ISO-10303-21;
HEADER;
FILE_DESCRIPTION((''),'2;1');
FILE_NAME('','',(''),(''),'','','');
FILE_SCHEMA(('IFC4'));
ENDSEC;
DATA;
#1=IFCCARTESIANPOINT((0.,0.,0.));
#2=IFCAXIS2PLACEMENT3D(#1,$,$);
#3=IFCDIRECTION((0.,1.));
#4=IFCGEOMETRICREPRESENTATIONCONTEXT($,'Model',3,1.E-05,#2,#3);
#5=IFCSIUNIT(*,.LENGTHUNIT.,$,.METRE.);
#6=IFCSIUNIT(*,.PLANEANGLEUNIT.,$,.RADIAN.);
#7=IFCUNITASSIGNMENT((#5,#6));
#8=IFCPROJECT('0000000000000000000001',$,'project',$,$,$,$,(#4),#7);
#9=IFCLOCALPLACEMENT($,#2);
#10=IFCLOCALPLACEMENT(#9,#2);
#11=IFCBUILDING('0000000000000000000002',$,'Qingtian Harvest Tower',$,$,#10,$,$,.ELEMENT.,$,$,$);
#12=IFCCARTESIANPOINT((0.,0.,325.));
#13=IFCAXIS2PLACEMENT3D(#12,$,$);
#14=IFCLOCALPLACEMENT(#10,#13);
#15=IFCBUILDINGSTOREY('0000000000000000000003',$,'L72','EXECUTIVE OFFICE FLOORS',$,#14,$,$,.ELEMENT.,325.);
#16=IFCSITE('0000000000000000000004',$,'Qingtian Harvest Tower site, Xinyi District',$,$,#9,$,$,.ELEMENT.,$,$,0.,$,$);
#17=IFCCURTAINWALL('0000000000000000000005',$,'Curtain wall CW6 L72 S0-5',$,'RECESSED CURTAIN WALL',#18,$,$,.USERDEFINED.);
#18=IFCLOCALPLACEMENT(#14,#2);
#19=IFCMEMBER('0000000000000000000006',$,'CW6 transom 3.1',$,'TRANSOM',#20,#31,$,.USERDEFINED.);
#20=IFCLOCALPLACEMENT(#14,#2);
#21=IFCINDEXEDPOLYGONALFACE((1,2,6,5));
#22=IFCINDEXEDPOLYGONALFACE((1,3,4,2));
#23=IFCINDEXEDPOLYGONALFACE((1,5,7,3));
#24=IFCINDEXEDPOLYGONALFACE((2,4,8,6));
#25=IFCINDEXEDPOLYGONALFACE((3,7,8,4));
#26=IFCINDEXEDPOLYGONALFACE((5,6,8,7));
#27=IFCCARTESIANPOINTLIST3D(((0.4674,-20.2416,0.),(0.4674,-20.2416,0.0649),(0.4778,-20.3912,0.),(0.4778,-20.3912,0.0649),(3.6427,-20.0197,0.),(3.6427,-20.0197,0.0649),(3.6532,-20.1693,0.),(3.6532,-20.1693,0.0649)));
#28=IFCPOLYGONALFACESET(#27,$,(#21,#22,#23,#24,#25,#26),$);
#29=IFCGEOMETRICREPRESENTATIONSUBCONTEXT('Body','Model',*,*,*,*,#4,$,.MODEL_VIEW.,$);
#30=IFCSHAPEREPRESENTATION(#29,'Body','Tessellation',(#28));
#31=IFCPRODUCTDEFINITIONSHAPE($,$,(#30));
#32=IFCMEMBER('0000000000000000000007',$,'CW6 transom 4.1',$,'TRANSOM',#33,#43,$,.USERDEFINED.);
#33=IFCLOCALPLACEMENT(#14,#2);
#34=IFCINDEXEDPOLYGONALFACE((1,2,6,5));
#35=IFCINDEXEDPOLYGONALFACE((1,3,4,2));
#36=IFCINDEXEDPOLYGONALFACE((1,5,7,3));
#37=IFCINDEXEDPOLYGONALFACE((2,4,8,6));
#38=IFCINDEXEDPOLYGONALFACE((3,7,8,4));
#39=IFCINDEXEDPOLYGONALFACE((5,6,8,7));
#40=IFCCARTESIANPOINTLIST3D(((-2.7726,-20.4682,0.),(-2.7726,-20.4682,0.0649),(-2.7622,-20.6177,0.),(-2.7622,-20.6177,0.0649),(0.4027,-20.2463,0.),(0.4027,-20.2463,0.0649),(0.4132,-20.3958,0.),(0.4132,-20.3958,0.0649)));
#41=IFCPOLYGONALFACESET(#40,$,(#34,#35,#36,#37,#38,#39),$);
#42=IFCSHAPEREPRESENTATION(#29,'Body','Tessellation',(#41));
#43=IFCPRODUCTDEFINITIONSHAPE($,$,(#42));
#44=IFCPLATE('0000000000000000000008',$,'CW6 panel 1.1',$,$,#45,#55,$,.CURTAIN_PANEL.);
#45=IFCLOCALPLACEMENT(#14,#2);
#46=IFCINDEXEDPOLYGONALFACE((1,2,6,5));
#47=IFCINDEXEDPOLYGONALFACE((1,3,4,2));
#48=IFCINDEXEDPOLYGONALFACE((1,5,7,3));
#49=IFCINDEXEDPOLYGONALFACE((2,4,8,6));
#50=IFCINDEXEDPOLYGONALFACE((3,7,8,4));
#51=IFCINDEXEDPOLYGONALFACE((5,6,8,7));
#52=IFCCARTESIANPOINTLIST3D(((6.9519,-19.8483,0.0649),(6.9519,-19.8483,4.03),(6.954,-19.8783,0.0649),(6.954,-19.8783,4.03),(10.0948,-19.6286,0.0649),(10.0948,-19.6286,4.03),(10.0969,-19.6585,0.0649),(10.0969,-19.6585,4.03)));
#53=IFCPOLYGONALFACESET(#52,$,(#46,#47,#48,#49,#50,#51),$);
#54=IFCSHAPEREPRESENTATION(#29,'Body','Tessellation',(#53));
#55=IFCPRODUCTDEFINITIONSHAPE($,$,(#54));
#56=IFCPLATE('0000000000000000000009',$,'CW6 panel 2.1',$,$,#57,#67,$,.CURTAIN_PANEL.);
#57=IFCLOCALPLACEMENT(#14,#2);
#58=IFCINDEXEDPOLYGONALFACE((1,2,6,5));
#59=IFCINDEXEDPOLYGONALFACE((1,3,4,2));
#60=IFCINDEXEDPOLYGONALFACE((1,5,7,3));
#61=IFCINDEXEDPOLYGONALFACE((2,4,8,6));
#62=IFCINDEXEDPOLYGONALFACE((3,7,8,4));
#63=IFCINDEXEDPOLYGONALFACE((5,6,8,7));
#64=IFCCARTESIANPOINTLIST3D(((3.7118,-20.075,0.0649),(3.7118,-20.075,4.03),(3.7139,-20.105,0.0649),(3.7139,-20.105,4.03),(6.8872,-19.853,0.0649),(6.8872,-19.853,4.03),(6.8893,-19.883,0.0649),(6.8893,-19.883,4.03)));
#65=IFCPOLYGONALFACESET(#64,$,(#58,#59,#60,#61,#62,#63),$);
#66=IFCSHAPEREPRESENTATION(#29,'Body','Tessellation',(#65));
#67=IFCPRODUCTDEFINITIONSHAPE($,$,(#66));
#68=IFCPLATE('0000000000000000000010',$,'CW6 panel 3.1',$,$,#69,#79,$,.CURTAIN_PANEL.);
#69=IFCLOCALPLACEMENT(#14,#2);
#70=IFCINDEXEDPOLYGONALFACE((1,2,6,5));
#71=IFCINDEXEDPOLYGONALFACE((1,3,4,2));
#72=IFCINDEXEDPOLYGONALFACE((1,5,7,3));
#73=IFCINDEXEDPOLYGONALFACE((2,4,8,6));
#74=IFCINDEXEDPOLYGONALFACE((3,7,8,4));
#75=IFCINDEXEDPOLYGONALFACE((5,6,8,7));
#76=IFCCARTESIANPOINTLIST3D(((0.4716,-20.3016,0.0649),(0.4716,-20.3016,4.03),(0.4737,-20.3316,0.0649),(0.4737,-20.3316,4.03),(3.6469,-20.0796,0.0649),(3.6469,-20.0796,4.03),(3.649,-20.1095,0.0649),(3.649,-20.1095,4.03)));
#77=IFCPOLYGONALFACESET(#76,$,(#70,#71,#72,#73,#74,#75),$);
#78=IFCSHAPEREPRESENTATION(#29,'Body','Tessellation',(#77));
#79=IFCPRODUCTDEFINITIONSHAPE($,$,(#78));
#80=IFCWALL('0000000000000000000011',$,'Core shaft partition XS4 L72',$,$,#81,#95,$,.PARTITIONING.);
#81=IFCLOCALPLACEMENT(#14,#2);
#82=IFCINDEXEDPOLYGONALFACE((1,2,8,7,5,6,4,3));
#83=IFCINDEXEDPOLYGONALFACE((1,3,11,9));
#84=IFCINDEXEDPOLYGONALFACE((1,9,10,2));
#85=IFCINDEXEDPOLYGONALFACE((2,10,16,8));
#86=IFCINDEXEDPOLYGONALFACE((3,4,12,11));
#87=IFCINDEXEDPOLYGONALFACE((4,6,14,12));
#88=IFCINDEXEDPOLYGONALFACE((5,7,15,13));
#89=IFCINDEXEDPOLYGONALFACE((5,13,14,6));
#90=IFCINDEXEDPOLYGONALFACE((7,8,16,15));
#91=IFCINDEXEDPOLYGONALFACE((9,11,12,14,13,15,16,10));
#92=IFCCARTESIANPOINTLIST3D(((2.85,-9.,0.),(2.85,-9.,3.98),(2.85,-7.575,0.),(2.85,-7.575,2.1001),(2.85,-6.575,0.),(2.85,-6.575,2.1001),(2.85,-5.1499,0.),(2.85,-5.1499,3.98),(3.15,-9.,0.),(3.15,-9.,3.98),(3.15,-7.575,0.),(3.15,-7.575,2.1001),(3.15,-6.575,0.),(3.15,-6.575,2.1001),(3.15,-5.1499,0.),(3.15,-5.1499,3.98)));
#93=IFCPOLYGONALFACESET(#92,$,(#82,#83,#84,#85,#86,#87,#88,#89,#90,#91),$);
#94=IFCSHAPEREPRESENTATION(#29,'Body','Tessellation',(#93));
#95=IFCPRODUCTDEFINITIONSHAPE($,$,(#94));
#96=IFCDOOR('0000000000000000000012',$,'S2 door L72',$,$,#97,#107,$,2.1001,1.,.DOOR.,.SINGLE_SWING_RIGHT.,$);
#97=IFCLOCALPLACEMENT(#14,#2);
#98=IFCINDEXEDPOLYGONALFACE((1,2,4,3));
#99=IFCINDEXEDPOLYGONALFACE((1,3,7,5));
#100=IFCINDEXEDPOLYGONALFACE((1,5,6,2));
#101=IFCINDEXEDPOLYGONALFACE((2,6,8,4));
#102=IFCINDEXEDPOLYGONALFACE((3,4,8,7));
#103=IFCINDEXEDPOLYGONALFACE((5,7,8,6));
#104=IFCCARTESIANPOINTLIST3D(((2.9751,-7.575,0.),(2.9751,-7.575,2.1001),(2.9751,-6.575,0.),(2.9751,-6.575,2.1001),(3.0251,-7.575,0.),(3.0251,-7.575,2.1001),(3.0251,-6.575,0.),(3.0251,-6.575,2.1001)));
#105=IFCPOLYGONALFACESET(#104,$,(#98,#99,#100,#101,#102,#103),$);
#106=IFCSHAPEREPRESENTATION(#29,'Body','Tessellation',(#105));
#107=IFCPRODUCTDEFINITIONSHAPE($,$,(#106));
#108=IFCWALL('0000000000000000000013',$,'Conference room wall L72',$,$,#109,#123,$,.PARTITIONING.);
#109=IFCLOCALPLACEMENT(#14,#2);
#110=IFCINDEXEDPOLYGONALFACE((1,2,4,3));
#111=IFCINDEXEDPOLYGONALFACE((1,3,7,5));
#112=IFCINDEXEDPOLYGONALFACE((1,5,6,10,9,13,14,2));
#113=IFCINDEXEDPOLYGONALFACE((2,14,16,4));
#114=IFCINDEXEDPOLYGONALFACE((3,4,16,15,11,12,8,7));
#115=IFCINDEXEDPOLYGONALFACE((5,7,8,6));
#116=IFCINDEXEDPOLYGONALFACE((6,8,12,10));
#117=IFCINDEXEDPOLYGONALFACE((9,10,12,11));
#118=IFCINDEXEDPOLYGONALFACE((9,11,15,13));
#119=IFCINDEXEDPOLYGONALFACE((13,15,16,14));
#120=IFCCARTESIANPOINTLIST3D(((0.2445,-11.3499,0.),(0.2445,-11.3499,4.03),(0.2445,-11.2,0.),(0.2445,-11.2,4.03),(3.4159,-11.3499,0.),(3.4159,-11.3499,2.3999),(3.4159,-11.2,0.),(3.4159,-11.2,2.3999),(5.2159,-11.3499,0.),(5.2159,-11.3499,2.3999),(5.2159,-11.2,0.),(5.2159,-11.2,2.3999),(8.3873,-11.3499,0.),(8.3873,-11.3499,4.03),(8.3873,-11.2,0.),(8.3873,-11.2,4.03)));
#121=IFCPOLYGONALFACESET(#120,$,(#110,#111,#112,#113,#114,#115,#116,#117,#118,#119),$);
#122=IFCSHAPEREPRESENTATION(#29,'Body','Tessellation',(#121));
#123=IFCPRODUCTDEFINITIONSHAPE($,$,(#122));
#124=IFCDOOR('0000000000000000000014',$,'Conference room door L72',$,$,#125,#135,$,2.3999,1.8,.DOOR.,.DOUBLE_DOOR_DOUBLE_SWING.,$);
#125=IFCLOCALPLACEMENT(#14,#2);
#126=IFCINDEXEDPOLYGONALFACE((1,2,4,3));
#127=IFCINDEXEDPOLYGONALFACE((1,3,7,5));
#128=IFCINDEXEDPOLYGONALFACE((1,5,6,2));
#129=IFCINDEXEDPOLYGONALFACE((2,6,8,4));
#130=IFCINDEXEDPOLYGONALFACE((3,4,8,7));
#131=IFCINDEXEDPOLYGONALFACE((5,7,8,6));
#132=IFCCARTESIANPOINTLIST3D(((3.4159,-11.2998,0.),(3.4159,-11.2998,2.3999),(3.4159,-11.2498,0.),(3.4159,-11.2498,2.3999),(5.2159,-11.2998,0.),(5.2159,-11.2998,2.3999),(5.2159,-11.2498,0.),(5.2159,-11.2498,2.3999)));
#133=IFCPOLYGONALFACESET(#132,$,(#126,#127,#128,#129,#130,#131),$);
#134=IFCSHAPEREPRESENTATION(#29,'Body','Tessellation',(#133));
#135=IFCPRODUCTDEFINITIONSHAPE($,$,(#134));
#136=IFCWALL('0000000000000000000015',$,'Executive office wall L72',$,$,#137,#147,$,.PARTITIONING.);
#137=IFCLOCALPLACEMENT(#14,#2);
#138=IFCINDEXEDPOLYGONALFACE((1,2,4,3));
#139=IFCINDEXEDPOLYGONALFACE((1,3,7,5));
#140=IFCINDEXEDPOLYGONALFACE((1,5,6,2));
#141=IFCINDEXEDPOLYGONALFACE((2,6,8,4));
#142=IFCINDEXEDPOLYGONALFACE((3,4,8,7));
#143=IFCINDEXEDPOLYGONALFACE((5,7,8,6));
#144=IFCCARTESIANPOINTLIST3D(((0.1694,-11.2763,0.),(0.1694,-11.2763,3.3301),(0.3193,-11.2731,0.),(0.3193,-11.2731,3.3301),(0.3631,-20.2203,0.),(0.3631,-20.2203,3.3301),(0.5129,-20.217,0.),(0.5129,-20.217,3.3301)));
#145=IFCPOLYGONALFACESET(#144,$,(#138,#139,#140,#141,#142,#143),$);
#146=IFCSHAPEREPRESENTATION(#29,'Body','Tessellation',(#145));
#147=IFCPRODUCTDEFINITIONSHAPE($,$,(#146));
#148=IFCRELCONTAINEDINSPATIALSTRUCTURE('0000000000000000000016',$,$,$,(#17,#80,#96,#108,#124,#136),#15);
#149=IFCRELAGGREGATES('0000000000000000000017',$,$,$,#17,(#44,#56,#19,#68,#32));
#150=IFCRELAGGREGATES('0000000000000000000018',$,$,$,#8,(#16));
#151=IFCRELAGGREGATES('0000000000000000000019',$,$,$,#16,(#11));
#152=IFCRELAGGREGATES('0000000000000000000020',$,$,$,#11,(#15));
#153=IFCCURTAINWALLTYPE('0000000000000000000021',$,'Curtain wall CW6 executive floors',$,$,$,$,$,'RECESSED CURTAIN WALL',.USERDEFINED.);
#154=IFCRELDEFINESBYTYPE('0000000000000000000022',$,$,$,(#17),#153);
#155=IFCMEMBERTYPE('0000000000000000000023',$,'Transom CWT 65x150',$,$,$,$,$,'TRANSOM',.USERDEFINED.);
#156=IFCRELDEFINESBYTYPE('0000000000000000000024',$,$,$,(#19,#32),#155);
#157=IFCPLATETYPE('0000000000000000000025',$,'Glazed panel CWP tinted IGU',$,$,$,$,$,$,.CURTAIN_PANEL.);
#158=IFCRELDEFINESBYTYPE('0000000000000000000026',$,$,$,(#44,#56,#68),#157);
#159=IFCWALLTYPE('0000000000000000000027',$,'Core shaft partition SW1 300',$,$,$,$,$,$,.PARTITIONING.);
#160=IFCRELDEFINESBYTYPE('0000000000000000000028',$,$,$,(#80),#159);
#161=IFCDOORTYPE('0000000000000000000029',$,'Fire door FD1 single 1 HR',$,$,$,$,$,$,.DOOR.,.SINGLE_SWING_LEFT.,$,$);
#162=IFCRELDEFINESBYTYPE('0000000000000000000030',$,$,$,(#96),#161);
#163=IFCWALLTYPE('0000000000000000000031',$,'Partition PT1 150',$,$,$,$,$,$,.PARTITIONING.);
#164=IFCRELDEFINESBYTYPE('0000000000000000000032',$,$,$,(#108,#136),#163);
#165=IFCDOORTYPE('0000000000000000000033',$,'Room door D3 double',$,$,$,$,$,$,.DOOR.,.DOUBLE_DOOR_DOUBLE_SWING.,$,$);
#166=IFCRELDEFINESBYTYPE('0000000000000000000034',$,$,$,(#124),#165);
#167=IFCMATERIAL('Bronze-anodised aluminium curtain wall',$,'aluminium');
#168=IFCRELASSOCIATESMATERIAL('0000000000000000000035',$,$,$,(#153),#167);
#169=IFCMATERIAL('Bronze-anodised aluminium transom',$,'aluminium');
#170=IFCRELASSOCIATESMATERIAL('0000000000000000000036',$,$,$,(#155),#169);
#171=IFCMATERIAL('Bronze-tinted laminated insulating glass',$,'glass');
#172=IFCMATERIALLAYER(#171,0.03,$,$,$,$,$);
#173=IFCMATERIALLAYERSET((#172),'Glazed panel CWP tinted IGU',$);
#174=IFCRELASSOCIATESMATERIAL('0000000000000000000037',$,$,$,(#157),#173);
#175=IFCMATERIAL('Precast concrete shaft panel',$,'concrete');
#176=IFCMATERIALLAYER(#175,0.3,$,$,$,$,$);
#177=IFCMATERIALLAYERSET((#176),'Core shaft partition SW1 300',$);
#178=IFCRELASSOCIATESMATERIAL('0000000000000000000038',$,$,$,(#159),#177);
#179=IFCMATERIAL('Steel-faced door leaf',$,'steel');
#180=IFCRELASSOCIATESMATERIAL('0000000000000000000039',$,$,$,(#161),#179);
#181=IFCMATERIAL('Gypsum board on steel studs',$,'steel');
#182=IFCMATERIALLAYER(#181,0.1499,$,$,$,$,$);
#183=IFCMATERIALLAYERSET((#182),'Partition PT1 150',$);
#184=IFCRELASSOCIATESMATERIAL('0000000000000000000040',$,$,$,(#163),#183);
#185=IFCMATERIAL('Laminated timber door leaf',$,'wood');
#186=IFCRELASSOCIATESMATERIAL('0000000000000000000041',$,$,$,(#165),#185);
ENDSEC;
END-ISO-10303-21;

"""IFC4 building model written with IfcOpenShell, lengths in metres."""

from ifc_helpers import new_model, si_unit, direction, frame, frame_2d, origin, origin_2d, place, context, subcontext, project, spatial, rectangle, extrude, material, layer, layer_set, material_profile, profile_set, type_object, element, fill, aggregate, save


model = new_model("IFC4")

# Units and contexts
model_context = context("Model", 3, precision=1e-05, world=origin(), true_north=direction((0.0, 1.0)))
body_context = subcontext(model_context, "Body", "Model", "MODEL_VIEW")
ifc_project = project(units=[si_unit("LENGTHUNIT", "METRE"), si_unit("PLANEANGLEUNIT", "RADIAN")], contexts=[model_context])

# Site, building, storey
site_placement = place(None, origin())
site = spatial("IfcSite", under=ifc_project, at=site_placement, Name="Qingtian Harvest Tower site, Xinyi District", CompositionType="ELEMENT", RefElevation=0.0)
building_placement = place(site_placement, origin())
building = spatial("IfcBuilding", under=site, at=building_placement, Name="Qingtian Harvest Tower", CompositionType="ELEMENT")
storey_placement = place(building_placement, frame((0.0, 0.0, 325.0)))
storey = spatial("IfcBuildingStorey", under=building, at=storey_placement, Name="L72", Description="EXECUTIVE OFFICE FLOORS", CompositionType="ELEMENT", Elevation=325.0)

# Shared definitions
ifc_material_1 = material(Name="Bronze-anodised aluminium curtain wall", Category="aluminium")
curtain_wall_type = type_object("IfcCurtainWallType", Name="Curtain wall CW6 executive floors", ElementType="RECESSED CURTAIN WALL", PredefinedType="USERDEFINED", material=ifc_material_1)

# Curtain wall
curtain_wall_1_placement = place(storey_placement, origin())
curtain_wall_1 = element("IfcCurtainWall", 1, at=curtain_wall_1_placement, inside=storey, type_object=curtain_wall_type, Name="Curtain wall CW6 L72 S0-5", ObjectType="RECESSED CURTAIN WALL", PredefinedType="USERDEFINED")

# Members
ifc_material_2 = material(Name="Bronze-anodised aluminium transom", Category="aluminium")
ifc_material_profile_1 = material_profile(ifc_material_2, rectangle(XDim=0.1499, YDim=0.0649, at=origin_2d()), Name="AL 65x150")
ifc_profile_set_1 = profile_set([ifc_material_profile_1], Name="Bronze-anodised aluminium transom")
member_type_1 = type_object("IfcMemberType", Name="Transom CWT 65x150", ElementType="TRANSOM", PredefinedType="USERDEFINED", material=ifc_profile_set_1)
member_1_placement = place(storey_placement, frame((3.6479, -20.0945, 0.0325), z_axis=(-0.997567, -0.069721, 0.0), x_axis=(0.069721, -0.997567, 0.0)))
member_1 = element("IfcMember", 2, at=member_1_placement, type_object=member_type_1, Name="CW6 transom 3.1", ObjectType="TRANSOM", PredefinedType="USERDEFINED", context=body_context, shape_type="SweptSolid", body=[
    extrude(rectangle(XDim=0.1499, YDim=0.0649, at=origin_2d()), origin(), (0.0, 0.0, 1.0), 3.1831),
])
member_2_placement = place(storey_placement, frame((0.408, -20.321, 0.0325), z_axis=(-0.997567, -0.069721, 0.0), x_axis=(0.069721, -0.997567, 0.0)))
member_2 = element("IfcMember", 3, at=member_2_placement, type_object=member_type_1, Name="CW6 transom 4.1", ObjectType="TRANSOM", PredefinedType="USERDEFINED", context=body_context, shape_type="SweptSolid", body=[
    extrude(rectangle(XDim=0.1499, YDim=0.0649, at=origin_2d()), origin(), (0.0, 0.0, 1.0), 3.1831),
])

# Plates
ifc_material_3 = material(Name="Bronze-tinted laminated insulating glass", Category="glass")
ifc_layer_1 = layer(ifc_material_3, 0.03)
ifc_layer_set_1 = layer_set([ifc_layer_1], Name="Glazed panel CWP tinted IGU")
plate_type = type_object("IfcPlateType", Name="Glazed panel CWP tinted IGU", PredefinedType="CURTAIN_PANEL", material=ifc_layer_set_1)
plate_1_placement = place(storey_placement, frame((8.5244, -19.7534, 0.0649), z_axis=(0.0, 0.0, 1.0), x_axis=(-0.997564, -0.069756, 0.0)))
plate_1 = element("IfcPlate", 4, at=plate_1_placement, type_object=plate_type, Name="CW6 panel 1.1", PredefinedType="CURTAIN_PANEL", context=body_context, shape_type="SweptSolid", body=[
    extrude(rectangle(XDim=3.1506, YDim=0.03, at=origin_2d()), origin(), (0.0, 0.0, 1.0), 3.9651),
])
plate_2_placement = place(storey_placement, frame((5.3005, -19.979, 0.0649), z_axis=(0.0, 0.0, 1.0), x_axis=(-0.997564, -0.069756, 0.0)))
plate_2 = element("IfcPlate", 5, at=plate_2_placement, type_object=plate_type, Name="CW6 panel 2.1", PredefinedType="CURTAIN_PANEL", context=body_context, shape_type="SweptSolid", body=[
    extrude(rectangle(XDim=3.1831, YDim=0.03, at=origin_2d()), origin(), (0.0, 0.0, 1.0), 3.9651),
])
plate_3_placement = place(storey_placement, frame((2.0603, -20.2056, 0.0649), z_axis=(0.0, 0.0, 1.0), x_axis=(-0.997564, -0.069756, 0.0)))
plate_3 = element("IfcPlate", 6, at=plate_3_placement, type_object=plate_type, Name="CW6 panel 3.1", PredefinedType="CURTAIN_PANEL", context=body_context, shape_type="SweptSolid", body=[
    extrude(rectangle(XDim=3.1831, YDim=0.03, at=origin_2d()), origin(), (0.0, 0.0, 1.0), 3.9651),
])
aggregate(curtain_wall_1, [plate_1, plate_2, member_1, plate_3, member_2])

# Walls, openings, doors
ifc_material_4 = material(Name="Precast concrete shaft panel", Category="concrete")
ifc_layer_2 = layer(ifc_material_4, 0.3)
ifc_layer_set_2 = layer_set([ifc_layer_2], Name="Core shaft partition SW1 300")
wall_type_1 = type_object("IfcWallType", Name="Core shaft partition SW1 300", PredefinedType="PARTITIONING", material=ifc_layer_set_2)
wall_1_placement = place(storey_placement, frame((3.0, -9.0, 0.0), z_axis=(0.0, 0.0, 1.0), x_axis=(0.0, 1.0, 0.0)))
wall_1 = element("IfcWall", 7, at=wall_1_placement, inside=storey, type_object=wall_type_1, Name="Core shaft partition XS4 L72", PredefinedType="PARTITIONING", context=body_context, shape_type="SweptSolid", body=[
    extrude(rectangle(XDim=3.8501, YDim=0.3, at=frame_2d((1.925, 0.0))), origin(), (0.0, 0.0, 1.0), 3.98),
])
opening_1_placement = place(wall_1_placement, frame((1.425, 0.0, 0.0)))
opening_1 = element("IfcOpeningElement", 8, at=opening_1_placement, cuts=wall_1, PredefinedType="OPENING", context=body_context, shape_type="SweptSolid", body=[
    extrude(rectangle(XDim=1.0, YDim=2.1001, at=frame_2d((0.5, 1.05))), frame((0.0, 0.1599, 0.0), z_axis=(0.0, -1.0, 0.0), x_axis=(1.0, 0.0, 0.0)), (0.0, 0.0, 1.0), 0.3201),
])
ifc_material_5 = material(Name="Steel-faced door leaf", Category="steel")
door_type_1 = type_object("IfcDoorType", Name="Fire door FD1 single 1 HR", OperationType="SINGLE_SWING_LEFT", PredefinedType="DOOR", material=ifc_material_5)
door_1_placement = place(opening_1_placement, origin())
door_1 = element("IfcDoor", 9, at=door_1_placement, inside=storey, type_object=door_type_1, Name="S2 door L72", OperationType="SINGLE_SWING_RIGHT", OverallHeight=2.1001, OverallWidth=1.0, PredefinedType="DOOR", context=body_context, shape_type="SweptSolid", body=[
    extrude(rectangle(XDim=1.0, YDim=2.1001, at=frame_2d((0.5, 1.05))), frame((0.0, 0.0249, 0.0), z_axis=(0.0, -1.0, 0.0), x_axis=(1.0, 0.0, 0.0)), (0.0, 0.0, 1.0), 0.05),
])
fill(opening_1, door_1)
ifc_material_6 = material(Name="Gypsum board on steel studs", Category="steel")
ifc_layer_3 = layer(ifc_material_6, 0.1499)
ifc_layer_set_3 = layer_set([ifc_layer_3], Name="Partition PT1 150")
wall_type_2 = type_object("IfcWallType", Name="Partition PT1 150", PredefinedType="PARTITIONING", material=ifc_layer_set_3)
wall_2_placement = place(storey_placement, frame((8.3872, -11.2749, 0.0), z_axis=(0.0, 0.0, 1.0), x_axis=(-1.0, 0.0, 0.0)))
wall_2 = element("IfcWall", 10, at=wall_2_placement, inside=storey, type_object=wall_type_2, Name="Conference room wall L72", PredefinedType="PARTITIONING", context=body_context, shape_type="SweptSolid", body=[
    extrude(rectangle(XDim=8.1428, YDim=0.1499, at=frame_2d((4.0713, 0.0))), origin(), (0.0, 0.0, 1.0), 4.03),
])
opening_2_placement = place(wall_2_placement, frame((3.1714, 0.0, 0.0)))
opening_2 = element("IfcOpeningElement", 11, at=opening_2_placement, cuts=wall_2, PredefinedType="OPENING", context=body_context, shape_type="SweptSolid", body=[
    extrude(rectangle(XDim=1.8, YDim=2.3999, at=frame_2d((0.8999, 1.2))), frame((0.0, 0.085, 0.0), z_axis=(0.0, -1.0, 0.0), x_axis=(1.0, 0.0, 0.0)), (0.0, 0.0, 1.0), 0.1699),
])
ifc_material_7 = material(Name="Laminated timber door leaf", Category="wood")
door_type_2 = type_object("IfcDoorType", Name="Room door D3 double", OperationType="DOUBLE_DOOR_DOUBLE_SWING", PredefinedType="DOOR", material=ifc_material_7)
door_2_placement = place(opening_2_placement, origin())
door_2 = element("IfcDoor", 12, at=door_2_placement, inside=storey, type_object=door_type_2, Name="Conference room door L72", OperationType="DOUBLE_DOOR_DOUBLE_SWING", OverallHeight=2.3999, OverallWidth=1.8, PredefinedType="DOOR", context=body_context, shape_type="SweptSolid", body=[
    extrude(rectangle(XDim=1.8, YDim=2.3999, at=frame_2d((0.8999, 1.2))), frame((0.0, 0.0249, 0.0), z_axis=(0.0, -1.0, 0.0), x_axis=(1.0, 0.0, 0.0)), (0.0, 0.0, 1.0), 0.05),
])
fill(opening_2, door_2)

# Wall
wall_3_placement = place(storey_placement, frame((0.438, -20.2188, 0.0), z_axis=(0.0, 0.0, 1.0), x_axis=(-0.021641, 0.999766, 0.0)))
element("IfcWall", 13, at=wall_3_placement, inside=storey, type_object=wall_type_2, Name="Executive office wall L72", PredefinedType="PARTITIONING", context=body_context, shape_type="SweptSolid", body=[
    extrude(rectangle(XDim=8.946, YDim=0.1499, at=frame_2d((4.4731, 0.0))), origin(), (0.0, 0.0, 1.0), 3.3301),
])

save(model, "model.ifc")
